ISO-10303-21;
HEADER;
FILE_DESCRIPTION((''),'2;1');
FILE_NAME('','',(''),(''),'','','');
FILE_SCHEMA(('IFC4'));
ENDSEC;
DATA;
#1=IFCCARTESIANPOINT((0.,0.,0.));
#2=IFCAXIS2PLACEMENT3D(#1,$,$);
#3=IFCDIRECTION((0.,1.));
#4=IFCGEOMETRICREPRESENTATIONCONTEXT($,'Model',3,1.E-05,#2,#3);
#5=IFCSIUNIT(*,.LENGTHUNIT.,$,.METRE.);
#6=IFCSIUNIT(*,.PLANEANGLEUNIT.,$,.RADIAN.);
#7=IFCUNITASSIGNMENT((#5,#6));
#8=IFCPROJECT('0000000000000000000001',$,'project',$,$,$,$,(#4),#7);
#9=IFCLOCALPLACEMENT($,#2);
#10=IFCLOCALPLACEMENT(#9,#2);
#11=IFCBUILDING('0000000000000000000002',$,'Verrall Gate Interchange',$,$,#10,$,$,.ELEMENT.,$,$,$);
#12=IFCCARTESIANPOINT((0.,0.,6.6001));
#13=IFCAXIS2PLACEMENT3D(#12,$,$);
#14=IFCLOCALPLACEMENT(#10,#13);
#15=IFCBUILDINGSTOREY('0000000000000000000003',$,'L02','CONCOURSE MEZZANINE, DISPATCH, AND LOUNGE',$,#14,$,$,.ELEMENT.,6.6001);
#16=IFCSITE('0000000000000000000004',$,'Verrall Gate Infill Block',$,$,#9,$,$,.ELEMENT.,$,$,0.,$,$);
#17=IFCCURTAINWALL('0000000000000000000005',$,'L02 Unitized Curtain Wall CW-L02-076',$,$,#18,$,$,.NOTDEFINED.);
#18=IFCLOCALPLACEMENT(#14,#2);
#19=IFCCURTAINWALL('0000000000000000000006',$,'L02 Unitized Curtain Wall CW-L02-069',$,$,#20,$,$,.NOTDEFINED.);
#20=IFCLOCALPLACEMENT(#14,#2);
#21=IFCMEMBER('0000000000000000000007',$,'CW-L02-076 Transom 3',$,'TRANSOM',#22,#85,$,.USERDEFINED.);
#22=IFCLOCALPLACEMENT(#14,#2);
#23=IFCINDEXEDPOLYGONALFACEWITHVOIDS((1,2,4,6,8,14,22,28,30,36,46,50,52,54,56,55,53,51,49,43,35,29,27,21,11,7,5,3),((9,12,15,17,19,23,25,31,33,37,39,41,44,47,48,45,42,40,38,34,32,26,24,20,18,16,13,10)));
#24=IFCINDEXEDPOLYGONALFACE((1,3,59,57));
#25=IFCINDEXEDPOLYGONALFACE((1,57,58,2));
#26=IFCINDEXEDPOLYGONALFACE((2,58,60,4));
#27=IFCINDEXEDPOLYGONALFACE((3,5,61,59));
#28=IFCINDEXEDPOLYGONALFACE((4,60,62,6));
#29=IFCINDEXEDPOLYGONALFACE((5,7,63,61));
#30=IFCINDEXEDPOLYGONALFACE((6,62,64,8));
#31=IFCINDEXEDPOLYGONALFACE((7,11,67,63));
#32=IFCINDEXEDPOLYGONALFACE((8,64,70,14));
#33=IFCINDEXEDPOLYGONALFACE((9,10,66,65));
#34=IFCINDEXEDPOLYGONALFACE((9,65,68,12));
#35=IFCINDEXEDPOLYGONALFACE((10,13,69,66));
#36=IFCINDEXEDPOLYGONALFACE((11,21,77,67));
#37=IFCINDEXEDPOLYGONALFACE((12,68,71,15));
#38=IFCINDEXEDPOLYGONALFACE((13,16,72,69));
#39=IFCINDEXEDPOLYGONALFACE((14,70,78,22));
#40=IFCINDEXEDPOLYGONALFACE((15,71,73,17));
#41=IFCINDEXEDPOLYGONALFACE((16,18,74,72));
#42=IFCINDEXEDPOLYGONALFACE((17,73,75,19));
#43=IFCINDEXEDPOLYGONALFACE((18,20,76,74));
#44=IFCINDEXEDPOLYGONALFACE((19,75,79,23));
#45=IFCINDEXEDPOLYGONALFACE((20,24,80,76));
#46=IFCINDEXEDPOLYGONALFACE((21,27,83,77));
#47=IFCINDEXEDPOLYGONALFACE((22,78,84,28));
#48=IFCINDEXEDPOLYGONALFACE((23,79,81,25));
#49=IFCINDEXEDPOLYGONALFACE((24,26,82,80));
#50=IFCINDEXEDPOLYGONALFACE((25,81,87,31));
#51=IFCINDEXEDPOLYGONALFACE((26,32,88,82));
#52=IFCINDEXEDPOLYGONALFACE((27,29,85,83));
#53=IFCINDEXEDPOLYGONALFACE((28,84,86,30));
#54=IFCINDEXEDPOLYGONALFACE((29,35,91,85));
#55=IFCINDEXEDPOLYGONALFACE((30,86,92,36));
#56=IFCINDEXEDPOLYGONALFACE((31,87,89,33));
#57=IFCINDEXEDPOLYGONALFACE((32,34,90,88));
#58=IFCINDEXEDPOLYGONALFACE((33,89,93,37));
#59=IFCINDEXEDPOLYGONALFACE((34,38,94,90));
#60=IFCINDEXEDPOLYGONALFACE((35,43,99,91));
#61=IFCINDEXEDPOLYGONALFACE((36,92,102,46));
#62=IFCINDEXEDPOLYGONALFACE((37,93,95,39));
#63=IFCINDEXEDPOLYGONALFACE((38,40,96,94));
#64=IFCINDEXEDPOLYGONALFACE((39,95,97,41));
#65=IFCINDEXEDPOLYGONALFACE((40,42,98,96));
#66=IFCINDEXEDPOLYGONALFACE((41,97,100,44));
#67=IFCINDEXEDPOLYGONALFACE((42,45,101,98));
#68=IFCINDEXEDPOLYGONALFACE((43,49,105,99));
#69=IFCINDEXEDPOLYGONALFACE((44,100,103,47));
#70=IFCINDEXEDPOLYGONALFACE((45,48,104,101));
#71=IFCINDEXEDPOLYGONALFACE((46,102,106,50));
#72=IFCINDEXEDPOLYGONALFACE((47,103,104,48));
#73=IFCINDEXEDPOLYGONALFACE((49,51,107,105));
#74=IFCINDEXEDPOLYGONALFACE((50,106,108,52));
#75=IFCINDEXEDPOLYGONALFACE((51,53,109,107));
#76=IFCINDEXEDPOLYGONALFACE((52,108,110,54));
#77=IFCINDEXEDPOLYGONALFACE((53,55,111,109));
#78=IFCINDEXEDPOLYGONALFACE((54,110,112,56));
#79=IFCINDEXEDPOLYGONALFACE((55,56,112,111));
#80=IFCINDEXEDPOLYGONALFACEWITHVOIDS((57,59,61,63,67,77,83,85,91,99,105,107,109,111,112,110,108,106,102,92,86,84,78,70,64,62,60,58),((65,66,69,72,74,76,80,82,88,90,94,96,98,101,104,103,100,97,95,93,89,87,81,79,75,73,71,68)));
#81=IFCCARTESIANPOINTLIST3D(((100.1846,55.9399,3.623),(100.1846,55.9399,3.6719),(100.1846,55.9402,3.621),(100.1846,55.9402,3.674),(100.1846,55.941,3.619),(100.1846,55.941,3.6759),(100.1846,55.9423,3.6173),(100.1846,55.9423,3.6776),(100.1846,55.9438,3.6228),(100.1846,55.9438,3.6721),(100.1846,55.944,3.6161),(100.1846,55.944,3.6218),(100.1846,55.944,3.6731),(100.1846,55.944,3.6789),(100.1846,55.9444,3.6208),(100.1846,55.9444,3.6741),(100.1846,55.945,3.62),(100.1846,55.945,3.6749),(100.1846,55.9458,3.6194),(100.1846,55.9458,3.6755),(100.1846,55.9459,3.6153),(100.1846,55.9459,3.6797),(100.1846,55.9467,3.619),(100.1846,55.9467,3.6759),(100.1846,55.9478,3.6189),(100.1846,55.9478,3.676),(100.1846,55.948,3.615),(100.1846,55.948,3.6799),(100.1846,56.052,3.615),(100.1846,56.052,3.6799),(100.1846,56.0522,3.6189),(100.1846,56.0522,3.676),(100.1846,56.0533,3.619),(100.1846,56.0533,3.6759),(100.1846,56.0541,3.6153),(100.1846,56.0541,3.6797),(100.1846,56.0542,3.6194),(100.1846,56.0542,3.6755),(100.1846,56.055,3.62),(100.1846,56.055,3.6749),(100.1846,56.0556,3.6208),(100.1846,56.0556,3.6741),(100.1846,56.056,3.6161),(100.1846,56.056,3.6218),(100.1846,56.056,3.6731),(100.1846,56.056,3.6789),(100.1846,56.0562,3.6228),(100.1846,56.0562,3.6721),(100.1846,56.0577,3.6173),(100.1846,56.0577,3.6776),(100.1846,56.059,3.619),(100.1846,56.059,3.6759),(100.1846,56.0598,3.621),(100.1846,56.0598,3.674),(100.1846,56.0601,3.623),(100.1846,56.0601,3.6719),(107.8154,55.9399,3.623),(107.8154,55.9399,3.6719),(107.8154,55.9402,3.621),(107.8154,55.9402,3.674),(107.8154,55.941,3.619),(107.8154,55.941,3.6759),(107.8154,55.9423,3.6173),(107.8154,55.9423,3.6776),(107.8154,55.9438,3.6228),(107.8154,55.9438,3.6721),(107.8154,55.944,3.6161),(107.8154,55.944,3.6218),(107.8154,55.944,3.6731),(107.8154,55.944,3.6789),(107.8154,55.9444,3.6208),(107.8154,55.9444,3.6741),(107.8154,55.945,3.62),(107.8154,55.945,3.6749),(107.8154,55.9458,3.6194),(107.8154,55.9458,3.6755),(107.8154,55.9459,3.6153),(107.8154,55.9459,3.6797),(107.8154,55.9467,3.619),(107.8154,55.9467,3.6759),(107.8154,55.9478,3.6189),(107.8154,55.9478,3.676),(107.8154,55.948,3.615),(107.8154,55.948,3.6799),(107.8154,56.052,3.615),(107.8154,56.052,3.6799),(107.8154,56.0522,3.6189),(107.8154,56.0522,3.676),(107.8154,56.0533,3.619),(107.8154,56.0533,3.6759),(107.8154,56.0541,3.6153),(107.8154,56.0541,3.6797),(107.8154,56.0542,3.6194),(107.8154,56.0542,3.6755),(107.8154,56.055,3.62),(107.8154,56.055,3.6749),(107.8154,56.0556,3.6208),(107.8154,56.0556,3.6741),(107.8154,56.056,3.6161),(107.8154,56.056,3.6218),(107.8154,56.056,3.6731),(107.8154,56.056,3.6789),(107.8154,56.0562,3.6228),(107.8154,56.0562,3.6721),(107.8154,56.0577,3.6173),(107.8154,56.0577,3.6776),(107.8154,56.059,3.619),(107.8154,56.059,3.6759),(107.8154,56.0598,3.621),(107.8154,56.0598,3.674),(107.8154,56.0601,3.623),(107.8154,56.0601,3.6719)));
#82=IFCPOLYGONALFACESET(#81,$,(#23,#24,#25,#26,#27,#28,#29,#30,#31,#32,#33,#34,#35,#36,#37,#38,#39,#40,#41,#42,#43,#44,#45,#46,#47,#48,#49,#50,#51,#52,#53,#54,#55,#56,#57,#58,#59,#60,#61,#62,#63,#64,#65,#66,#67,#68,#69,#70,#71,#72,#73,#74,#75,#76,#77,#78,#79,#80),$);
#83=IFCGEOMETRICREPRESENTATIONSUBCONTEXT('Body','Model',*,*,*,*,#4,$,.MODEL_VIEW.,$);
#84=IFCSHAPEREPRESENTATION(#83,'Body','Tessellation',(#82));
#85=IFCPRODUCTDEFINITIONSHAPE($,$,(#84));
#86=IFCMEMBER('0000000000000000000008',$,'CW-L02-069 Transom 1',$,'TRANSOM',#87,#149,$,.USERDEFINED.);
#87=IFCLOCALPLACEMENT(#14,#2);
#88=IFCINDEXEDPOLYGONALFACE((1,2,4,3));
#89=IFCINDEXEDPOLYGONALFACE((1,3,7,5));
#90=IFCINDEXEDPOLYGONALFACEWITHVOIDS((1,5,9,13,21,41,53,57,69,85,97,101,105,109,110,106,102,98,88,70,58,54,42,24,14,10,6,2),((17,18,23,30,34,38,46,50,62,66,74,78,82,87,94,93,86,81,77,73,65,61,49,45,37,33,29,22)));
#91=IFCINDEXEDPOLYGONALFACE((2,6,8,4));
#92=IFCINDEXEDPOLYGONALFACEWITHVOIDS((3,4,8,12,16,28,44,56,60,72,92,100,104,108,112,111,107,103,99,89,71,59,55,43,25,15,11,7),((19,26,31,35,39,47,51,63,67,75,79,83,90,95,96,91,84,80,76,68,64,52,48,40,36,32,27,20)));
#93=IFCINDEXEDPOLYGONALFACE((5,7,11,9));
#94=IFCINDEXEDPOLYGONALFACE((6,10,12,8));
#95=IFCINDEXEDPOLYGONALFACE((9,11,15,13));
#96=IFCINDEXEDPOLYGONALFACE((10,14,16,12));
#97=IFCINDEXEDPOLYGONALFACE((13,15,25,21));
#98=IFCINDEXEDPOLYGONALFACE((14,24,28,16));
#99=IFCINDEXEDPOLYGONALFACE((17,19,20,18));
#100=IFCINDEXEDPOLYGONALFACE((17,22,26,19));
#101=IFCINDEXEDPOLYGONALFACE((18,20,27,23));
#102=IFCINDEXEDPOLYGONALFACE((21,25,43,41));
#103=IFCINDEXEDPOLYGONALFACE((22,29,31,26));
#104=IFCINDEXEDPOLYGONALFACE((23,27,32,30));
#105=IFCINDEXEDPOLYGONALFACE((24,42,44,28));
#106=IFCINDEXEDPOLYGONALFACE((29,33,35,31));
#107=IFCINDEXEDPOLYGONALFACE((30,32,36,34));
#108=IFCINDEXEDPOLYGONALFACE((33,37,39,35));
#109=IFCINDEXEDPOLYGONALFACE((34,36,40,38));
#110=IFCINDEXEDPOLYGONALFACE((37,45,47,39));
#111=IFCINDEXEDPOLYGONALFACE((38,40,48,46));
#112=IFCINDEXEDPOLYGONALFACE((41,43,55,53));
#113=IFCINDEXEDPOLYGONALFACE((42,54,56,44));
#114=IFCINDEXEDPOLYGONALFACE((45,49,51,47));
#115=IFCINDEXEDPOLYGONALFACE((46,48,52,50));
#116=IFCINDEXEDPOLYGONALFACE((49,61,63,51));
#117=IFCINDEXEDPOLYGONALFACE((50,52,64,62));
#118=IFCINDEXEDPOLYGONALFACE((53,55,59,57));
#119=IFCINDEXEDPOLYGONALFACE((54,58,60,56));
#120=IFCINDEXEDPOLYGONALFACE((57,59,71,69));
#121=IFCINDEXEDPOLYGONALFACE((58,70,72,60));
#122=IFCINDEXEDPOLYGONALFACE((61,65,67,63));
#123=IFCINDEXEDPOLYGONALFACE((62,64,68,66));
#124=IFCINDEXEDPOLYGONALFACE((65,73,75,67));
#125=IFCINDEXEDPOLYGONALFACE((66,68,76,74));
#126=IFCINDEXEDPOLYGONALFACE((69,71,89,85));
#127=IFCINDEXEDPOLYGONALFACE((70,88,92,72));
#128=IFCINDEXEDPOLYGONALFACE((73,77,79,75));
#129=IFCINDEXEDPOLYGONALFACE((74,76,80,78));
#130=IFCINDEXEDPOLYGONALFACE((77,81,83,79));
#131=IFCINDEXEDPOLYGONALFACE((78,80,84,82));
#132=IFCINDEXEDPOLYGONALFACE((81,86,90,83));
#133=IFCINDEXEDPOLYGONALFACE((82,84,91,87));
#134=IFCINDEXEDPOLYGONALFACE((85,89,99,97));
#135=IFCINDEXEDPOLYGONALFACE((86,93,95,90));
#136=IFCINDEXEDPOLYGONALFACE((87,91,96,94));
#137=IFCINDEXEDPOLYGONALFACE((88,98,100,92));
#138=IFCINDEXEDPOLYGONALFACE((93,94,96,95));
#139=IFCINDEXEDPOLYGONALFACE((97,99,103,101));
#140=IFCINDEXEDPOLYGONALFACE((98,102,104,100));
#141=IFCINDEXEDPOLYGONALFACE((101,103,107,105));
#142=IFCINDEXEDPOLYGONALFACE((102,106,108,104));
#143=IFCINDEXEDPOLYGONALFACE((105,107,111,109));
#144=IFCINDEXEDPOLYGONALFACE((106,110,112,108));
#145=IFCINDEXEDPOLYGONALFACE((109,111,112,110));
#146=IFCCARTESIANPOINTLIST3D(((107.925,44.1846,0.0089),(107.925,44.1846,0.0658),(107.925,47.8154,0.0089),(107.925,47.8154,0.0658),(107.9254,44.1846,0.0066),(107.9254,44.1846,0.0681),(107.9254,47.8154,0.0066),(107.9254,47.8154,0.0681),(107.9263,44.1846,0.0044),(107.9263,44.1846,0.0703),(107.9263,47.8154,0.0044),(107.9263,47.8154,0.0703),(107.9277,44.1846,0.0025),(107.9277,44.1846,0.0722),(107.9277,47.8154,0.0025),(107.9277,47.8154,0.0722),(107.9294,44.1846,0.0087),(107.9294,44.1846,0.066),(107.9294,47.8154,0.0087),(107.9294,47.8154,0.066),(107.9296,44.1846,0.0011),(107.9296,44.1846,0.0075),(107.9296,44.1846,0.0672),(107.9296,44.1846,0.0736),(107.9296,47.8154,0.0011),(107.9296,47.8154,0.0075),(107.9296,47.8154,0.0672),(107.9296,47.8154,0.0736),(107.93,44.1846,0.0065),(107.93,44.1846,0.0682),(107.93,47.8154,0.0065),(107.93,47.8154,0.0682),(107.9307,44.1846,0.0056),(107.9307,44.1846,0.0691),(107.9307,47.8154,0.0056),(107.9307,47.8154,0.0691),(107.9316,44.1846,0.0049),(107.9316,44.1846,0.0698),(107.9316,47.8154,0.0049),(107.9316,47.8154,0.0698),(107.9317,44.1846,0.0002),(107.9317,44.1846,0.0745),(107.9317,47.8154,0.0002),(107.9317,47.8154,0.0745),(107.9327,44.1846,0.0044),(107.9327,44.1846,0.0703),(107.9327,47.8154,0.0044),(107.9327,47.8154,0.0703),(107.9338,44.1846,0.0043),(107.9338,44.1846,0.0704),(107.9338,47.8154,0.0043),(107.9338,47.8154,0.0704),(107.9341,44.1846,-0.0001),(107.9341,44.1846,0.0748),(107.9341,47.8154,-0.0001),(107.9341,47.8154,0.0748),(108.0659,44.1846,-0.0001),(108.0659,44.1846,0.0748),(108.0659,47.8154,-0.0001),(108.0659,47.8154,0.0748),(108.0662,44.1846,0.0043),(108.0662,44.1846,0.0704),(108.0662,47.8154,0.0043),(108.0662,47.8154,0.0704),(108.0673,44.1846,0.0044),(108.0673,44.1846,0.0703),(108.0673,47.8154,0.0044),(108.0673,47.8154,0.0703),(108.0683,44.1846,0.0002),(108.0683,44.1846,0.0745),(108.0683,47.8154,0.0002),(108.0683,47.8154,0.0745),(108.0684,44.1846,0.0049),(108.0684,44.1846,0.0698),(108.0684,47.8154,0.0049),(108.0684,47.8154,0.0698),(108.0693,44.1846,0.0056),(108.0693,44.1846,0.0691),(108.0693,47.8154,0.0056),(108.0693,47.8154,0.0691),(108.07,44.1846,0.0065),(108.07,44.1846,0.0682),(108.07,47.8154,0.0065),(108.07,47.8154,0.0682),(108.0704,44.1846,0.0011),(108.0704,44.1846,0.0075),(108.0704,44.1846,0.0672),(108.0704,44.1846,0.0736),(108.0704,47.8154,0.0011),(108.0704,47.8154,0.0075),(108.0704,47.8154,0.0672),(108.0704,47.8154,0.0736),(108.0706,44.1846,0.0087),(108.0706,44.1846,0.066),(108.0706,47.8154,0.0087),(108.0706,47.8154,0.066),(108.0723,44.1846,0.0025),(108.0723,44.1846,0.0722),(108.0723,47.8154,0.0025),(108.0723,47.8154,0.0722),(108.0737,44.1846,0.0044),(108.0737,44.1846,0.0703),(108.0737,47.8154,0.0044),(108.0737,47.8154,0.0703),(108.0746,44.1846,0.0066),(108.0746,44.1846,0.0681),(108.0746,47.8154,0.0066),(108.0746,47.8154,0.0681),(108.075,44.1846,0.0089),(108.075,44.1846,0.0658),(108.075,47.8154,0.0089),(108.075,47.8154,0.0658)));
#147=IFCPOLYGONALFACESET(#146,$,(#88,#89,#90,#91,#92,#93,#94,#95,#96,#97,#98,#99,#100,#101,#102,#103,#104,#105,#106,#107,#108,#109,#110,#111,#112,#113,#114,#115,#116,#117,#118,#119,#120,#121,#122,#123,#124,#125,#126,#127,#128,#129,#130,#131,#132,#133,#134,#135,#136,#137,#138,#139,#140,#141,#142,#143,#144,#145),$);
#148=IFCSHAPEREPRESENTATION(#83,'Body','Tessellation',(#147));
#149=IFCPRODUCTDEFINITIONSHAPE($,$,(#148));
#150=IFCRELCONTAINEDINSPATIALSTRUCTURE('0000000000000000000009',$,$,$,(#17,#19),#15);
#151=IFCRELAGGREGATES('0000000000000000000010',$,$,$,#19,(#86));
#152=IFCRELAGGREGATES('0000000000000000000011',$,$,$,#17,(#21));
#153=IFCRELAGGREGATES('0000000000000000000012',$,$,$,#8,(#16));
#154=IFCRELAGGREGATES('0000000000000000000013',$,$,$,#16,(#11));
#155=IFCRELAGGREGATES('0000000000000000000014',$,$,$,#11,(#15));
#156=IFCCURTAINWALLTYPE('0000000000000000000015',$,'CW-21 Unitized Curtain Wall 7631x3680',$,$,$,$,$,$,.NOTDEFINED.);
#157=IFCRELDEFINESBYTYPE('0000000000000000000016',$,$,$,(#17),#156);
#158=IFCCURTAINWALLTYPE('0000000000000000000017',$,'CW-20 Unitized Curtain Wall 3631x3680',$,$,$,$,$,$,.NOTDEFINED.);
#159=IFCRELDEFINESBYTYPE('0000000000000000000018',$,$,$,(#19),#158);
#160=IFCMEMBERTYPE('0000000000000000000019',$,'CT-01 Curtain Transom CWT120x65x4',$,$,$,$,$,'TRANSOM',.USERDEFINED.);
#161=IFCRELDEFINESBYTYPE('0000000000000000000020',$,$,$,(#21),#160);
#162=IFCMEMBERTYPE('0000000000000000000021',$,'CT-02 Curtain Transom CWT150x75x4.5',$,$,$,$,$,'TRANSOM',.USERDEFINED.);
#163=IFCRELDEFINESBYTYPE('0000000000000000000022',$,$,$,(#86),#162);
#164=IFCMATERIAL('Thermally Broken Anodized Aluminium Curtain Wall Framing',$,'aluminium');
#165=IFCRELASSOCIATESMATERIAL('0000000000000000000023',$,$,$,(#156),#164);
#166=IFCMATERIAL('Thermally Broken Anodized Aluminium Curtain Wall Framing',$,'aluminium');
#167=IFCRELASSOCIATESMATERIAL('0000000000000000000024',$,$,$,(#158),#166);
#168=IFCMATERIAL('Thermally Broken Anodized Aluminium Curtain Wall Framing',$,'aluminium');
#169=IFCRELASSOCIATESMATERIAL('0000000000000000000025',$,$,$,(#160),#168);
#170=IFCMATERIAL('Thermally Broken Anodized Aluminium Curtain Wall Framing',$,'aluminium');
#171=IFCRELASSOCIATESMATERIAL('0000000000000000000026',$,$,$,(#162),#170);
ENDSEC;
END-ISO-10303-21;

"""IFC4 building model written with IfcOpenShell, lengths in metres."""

from ifc_helpers import new_model, si_unit, direction, frame, origin, origin_2d, place, context, subcontext, project, spatial, hollow_rectangle, extrude, material, material_profile, profile_set, type_object, element, aggregate, save


model = new_model("IFC4")

# Units and contexts
model_context = context("Model", 3, precision=1e-05, world=origin(), true_north=direction((0.0, 1.0)))
body_context = subcontext(model_context, "Body", "Model", "MODEL_VIEW")
ifc_project = project(units=[si_unit("LENGTHUNIT", "METRE"), si_unit("PLANEANGLEUNIT", "RADIAN")], contexts=[model_context])

# Site, building, storey
site_placement = place(None, origin())
site = spatial("IfcSite", under=ifc_project, at=site_placement, Name="Verrall Gate Infill Block", CompositionType="ELEMENT", RefElevation=0.0)
building_placement = place(site_placement, origin())
building = spatial("IfcBuilding", under=site, at=building_placement, Name="Verrall Gate Interchange", CompositionType="ELEMENT")
storey_placement = place(building_placement, frame((0.0, 0.0, 6.6001)))
storey = spatial("IfcBuildingStorey", under=building, at=storey_placement, Name="L02", Description="CONCOURSE MEZZANINE, DISPATCH, AND LOUNGE", CompositionType="ELEMENT", Elevation=6.6001)

# Curtain wall
ifc_material_1 = material(Name="Thermally Broken Anodized Aluminium Curtain Wall Framing", Category="aluminium")
curtain_wall_type_1 = type_object("IfcCurtainWallType", Name="CW-21 Unitized Curtain Wall 7631x3680", PredefinedType="NOTDEFINED", material=ifc_material_1)
curtain_wall_1_placement = place(storey_placement, origin())
curtain_wall_1 = element("IfcCurtainWall", 1, at=curtain_wall_1_placement, inside=storey, type_object=curtain_wall_type_1, Name="L02 Unitized Curtain Wall CW-L02-076", PredefinedType="NOTDEFINED")

# Curtain wall
ifc_material_2 = material(Name="Thermally Broken Anodized Aluminium Curtain Wall Framing", Category="aluminium")
curtain_wall_type_2 = type_object("IfcCurtainWallType", Name="CW-20 Unitized Curtain Wall 3631x3680", PredefinedType="NOTDEFINED", material=ifc_material_2)
curtain_wall_2_placement = place(storey_placement, origin())
curtain_wall_2 = element("IfcCurtainWall", 2, at=curtain_wall_2_placement, inside=storey, type_object=curtain_wall_type_2, Name="L02 Unitized Curtain Wall CW-L02-069", PredefinedType="NOTDEFINED")

# Members
ifc_material_3 = material(Name="Thermally Broken Anodized Aluminium Curtain Wall Framing", Category="aluminium")
ifc_material_profile_1 = material_profile(ifc_material_3, hollow_rectangle(XDim=0.1201, YDim=0.0649, WallThickness=0.0039, InnerFilletRadius=0.0039, OuterFilletRadius=0.0081, at=origin_2d()), Name="CWT120x65x4")
ifc_profile_set_1 = profile_set([ifc_material_profile_1], Name="Thermally Broken Anodized Aluminium Curtain Wall Framing")
member_type_1 = type_object("IfcMemberType", Name="CT-01 Curtain Transom CWT120x65x4", ElementType="TRANSOM", PredefinedType="USERDEFINED", material=ifc_profile_set_1)
member_1_placement = place(storey_placement, frame((107.8154, 56.0, 3.6475), z_axis=(-1.0, 0.0, 0.0), x_axis=(0.0, -1.0, 0.0)))
member_1 = element("IfcMember", 3, at=member_1_placement, type_object=member_type_1, Name="CW-L02-076 Transom 3", ObjectType="TRANSOM", PredefinedType="USERDEFINED", context=body_context, shape_type="SweptSolid", body=[
    extrude(hollow_rectangle(XDim=0.1201, YDim=0.0649, WallThickness=0.0039, InnerFilletRadius=0.0039, OuterFilletRadius=0.0081, at=origin_2d()), origin(), (0.0, 0.0, 1.0), 7.6309),
])
ifc_material_4 = material(Name="Thermally Broken Anodized Aluminium Curtain Wall Framing", Category="aluminium")
ifc_material_profile_2 = material_profile(ifc_material_4, hollow_rectangle(XDim=0.1499, YDim=0.075, WallThickness=0.0044, InnerFilletRadius=0.0044, OuterFilletRadius=0.009, at=origin_2d()), Name="CWT150x75x4.5")
ifc_profile_set_2 = profile_set([ifc_material_profile_2], Name="Thermally Broken Anodized Aluminium Curtain Wall Framing")
member_type_2 = type_object("IfcMemberType", Name="CT-02 Curtain Transom CWT150x75x4.5", ElementType="TRANSOM", PredefinedType="USERDEFINED", material=ifc_profile_set_2)
member_2_placement = place(storey_placement, frame((108.0, 44.1846, 0.0374), z_axis=(0.0, 1.0, 0.0), x_axis=(-1.0, 0.0, 0.0)))
member_2 = element("IfcMember", 4, at=member_2_placement, type_object=member_type_2, Name="CW-L02-069 Transom 1", ObjectType="TRANSOM", PredefinedType="USERDEFINED", context=body_context, shape_type="SweptSolid", body=[
    extrude(hollow_rectangle(XDim=0.1499, YDim=0.075, WallThickness=0.0044, InnerFilletRadius=0.0044, OuterFilletRadius=0.009, at=origin_2d()), origin(), (0.0, 0.0, 1.0), 3.6309),
])

aggregate(curtain_wall_2, [member_2])
aggregate(curtain_wall_1, [member_1])

save(model, "model.ifc")
